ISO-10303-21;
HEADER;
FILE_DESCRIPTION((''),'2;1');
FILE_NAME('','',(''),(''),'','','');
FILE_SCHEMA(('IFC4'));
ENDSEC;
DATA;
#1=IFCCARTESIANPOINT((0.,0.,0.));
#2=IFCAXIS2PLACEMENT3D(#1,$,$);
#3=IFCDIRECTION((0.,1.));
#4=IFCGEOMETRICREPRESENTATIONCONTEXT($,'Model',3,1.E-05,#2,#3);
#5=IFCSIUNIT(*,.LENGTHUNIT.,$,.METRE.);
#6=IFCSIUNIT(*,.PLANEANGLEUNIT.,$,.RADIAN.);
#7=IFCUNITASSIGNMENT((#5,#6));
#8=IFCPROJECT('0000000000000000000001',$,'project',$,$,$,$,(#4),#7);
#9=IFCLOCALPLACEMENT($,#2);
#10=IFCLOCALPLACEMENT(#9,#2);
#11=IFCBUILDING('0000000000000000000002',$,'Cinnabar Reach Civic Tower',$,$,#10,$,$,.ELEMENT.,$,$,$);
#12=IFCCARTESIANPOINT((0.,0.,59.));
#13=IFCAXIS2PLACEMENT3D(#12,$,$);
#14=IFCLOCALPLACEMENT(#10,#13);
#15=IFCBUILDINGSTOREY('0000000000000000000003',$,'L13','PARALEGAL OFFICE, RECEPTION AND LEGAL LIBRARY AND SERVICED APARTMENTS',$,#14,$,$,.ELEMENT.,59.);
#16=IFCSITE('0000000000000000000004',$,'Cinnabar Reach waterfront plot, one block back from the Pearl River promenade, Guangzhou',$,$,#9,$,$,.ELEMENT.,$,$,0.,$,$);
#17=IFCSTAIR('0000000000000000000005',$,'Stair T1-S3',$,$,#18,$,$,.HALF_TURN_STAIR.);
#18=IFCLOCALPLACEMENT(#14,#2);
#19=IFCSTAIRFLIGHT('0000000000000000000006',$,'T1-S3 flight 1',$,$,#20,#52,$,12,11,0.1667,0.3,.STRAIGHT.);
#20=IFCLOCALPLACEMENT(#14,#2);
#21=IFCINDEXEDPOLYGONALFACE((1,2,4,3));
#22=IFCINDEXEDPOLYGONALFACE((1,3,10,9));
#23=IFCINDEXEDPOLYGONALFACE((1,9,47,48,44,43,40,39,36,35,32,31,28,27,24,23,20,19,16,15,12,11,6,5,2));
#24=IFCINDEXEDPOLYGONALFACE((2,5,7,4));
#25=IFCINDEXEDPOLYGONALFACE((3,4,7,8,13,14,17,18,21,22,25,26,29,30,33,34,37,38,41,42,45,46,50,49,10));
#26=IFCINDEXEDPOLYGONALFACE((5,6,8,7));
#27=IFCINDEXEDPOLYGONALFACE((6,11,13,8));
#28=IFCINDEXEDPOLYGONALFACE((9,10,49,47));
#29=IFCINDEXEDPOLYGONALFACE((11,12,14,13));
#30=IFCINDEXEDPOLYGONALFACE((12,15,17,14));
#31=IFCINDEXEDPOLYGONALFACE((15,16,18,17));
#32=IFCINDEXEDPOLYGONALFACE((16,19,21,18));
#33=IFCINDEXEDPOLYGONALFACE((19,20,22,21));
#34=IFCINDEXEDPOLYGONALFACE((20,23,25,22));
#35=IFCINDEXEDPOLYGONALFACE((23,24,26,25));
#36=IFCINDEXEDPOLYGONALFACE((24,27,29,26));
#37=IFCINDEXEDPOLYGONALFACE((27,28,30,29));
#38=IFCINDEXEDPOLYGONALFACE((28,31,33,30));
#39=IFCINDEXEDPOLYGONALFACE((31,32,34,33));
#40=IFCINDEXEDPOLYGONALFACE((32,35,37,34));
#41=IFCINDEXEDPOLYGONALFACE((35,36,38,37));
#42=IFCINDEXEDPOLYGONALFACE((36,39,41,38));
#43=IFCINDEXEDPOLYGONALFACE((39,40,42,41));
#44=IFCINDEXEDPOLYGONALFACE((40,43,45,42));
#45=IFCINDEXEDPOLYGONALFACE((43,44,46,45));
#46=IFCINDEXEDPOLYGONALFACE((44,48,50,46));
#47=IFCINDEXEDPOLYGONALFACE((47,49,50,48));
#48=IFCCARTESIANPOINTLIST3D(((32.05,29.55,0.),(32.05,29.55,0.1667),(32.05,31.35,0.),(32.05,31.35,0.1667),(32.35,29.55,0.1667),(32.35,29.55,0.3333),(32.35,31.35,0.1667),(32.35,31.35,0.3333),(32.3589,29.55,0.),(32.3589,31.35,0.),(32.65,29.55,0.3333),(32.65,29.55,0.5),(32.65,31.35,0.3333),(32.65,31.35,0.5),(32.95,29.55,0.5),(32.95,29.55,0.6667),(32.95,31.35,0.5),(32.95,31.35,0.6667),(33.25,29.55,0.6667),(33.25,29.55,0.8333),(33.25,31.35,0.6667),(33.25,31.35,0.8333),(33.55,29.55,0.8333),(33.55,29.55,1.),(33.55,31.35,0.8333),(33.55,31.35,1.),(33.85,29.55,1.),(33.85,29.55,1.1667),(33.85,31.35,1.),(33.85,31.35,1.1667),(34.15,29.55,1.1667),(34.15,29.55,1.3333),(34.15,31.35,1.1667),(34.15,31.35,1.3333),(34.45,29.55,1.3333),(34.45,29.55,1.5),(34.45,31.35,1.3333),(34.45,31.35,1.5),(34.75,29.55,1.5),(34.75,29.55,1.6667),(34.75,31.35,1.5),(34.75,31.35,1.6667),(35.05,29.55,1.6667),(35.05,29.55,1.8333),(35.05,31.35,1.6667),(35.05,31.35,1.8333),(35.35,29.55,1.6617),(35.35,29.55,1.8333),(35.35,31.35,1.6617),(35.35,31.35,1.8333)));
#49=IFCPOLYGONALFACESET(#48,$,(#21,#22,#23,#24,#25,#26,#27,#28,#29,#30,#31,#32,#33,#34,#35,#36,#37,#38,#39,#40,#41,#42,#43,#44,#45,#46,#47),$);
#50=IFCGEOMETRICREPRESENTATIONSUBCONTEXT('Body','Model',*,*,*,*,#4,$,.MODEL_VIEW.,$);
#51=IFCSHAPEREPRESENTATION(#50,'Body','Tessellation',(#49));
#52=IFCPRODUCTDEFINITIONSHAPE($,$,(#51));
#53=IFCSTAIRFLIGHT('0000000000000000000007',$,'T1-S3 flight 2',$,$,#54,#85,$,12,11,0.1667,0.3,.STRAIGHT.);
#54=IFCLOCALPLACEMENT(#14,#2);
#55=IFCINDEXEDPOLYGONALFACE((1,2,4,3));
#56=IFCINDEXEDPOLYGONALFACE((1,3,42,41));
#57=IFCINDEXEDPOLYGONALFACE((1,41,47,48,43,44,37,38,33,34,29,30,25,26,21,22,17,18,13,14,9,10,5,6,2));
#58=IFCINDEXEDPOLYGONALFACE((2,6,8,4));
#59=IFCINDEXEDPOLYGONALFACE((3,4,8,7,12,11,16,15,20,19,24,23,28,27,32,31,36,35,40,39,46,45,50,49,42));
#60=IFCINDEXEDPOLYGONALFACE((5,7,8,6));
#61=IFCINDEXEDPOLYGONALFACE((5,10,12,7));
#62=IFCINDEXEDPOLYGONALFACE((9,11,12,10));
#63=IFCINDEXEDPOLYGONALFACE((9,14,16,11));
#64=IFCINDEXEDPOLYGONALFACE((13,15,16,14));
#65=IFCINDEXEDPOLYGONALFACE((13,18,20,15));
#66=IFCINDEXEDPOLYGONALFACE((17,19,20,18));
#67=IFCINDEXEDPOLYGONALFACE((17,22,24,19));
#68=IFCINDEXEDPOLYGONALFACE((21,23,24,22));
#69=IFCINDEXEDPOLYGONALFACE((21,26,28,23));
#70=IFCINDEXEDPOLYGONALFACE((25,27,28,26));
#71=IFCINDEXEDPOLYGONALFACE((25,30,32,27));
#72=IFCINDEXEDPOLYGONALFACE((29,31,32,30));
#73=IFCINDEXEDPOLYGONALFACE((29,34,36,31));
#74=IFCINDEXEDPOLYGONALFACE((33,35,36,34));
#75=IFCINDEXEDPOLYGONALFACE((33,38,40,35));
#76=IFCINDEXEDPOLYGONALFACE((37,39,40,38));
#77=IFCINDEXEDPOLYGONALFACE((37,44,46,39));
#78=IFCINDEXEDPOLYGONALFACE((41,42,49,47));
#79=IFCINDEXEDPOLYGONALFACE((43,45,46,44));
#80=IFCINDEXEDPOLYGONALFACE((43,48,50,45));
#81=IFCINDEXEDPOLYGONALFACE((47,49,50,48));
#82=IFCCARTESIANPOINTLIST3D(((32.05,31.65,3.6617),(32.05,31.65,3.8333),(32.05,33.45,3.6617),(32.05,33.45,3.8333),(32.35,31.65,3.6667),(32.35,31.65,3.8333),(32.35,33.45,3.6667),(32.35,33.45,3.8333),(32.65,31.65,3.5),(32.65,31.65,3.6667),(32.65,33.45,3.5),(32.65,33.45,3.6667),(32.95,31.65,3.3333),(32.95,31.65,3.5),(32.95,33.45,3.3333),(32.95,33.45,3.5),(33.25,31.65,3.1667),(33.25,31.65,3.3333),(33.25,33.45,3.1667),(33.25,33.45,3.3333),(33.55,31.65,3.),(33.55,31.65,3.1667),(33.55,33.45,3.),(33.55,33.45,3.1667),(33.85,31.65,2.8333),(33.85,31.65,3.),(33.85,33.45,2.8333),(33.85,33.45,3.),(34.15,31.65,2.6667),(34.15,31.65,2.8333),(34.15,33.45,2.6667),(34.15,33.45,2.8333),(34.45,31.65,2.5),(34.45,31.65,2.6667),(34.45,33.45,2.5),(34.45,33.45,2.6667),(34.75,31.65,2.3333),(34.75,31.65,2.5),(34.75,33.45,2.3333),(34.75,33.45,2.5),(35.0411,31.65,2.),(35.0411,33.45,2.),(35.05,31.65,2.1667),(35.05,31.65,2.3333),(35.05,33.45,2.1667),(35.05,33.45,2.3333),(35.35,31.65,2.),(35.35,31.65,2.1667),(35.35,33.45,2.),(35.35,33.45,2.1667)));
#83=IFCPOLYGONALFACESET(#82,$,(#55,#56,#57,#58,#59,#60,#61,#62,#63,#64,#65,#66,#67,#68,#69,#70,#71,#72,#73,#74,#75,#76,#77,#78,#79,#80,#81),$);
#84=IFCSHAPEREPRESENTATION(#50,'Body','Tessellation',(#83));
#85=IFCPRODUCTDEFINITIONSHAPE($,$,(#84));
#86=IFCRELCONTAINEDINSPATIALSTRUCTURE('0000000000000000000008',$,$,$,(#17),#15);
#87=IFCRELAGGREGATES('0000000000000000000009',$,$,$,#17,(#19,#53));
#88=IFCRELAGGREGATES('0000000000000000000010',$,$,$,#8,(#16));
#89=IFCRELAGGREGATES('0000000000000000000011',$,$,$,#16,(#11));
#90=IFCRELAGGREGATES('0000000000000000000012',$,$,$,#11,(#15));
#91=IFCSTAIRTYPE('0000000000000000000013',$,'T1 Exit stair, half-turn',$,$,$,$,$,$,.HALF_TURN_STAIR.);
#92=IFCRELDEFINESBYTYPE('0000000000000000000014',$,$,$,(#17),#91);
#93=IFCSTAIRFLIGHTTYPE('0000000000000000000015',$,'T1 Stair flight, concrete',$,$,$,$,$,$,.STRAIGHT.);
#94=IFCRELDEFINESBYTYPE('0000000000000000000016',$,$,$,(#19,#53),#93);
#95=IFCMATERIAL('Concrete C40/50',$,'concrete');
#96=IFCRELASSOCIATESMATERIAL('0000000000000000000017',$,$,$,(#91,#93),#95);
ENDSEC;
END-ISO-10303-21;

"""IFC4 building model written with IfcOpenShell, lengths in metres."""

from ifc_helpers import new_model, si_unit, direction, frame, origin, place, context, subcontext, project, spatial, polyline, outline, extrude, material, type_object, element, aggregate, save


model = new_model("IFC4")

# Units and contexts
model_context = context("Model", 3, precision=1e-05, world=origin(), true_north=direction((0.0, 1.0)))
body_context = subcontext(model_context, "Body", "Model", "MODEL_VIEW")
ifc_project = project(units=[si_unit("LENGTHUNIT", "METRE"), si_unit("PLANEANGLEUNIT", "RADIAN")], contexts=[model_context])

# Site, building, storey
site_placement = place(None, origin())
site = spatial("IfcSite", under=ifc_project, at=site_placement, Name="Cinnabar Reach waterfront plot, one block back from the Pearl River promenade, Guangzhou", CompositionType="ELEMENT", RefElevation=0.0)
building_placement = place(site_placement, origin())
building = spatial("IfcBuilding", under=site, at=building_placement, Name="Cinnabar Reach Civic Tower", CompositionType="ELEMENT")
storey_placement = place(building_placement, frame((0.0, 0.0, 59.0)))
storey = spatial("IfcBuildingStorey", under=building, at=storey_placement, Name="L13", Description="PARALEGAL OFFICE, RECEPTION AND LEGAL LIBRARY AND SERVICED APARTMENTS", CompositionType="ELEMENT", Elevation=59.0)

# Stair, stair flights
ifc_material_1 = material(Name="Concrete C40/50", Category="concrete")
stair_type = type_object("IfcStairType", Name="T1 Exit stair, half-turn", PredefinedType="HALF_TURN_STAIR", material=ifc_material_1)
stair_placement = place(storey_placement, origin())
stair = element("IfcStair", 1, at=stair_placement, inside=storey, type_object=stair_type, Name="Stair T1-S3", PredefinedType="HALF_TURN_STAIR")
stair_flight_type = type_object("IfcStairFlightType", Name="T1 Stair flight, concrete", PredefinedType="STRAIGHT", material=ifc_material_1)
stair_flight_1_placement = place(storey_placement, frame((32.05, 30.45, 0.0), z_axis=(0.0, 0.0, 1.0), x_axis=(1.0, 0.0, 0.0)))
stair_flight_1 = element("IfcStairFlight", 2, at=stair_flight_1_placement, type_object=stair_flight_type, Name="T1-S3 flight 1", NumberOfRisers=12, NumberOfTreads=11, PredefinedType="STRAIGHT", RiserHeight=0.1667, TreadLength=0.3, context=body_context, shape_type="SweptSolid", body=[
    extrude(outline(polyline([(0.0, 0.0), (0.0, 0.1667), (0.3, 0.1667), (0.3, 0.3333), (0.6, 0.3333), (0.6, 0.5), (0.9, 0.5), (0.9, 0.6667), (1.2, 0.6667), (1.2, 0.8333), (1.5, 0.8333), (1.5, 1.0), (1.8, 1.0), (1.8, 1.1667), (2.1, 1.1667), (2.1, 1.3333), (2.4, 1.3333), (2.4, 1.5), (2.7, 1.5), (2.7, 1.6667), (3.0, 1.6667), (3.0, 1.8333), (3.3, 1.8333), (3.3, 2.0), (3.3, 1.6617), (0.3089, 0.0), (0.0, 0.0)])), frame((0.0, 0.9, 0.0), z_axis=(0.0, -1.0, 0.0), x_axis=(1.0, 0.0, 0.0)), (0.0, 0.0, 1.0), 1.8),
])
stair_flight_2_placement = place(storey_placement, frame((35.35, 32.55, 2.0), z_axis=(0.0, 0.0, 1.0), x_axis=(-1.0, 0.0, 0.0)))
stair_flight_2 = element("IfcStairFlight", 3, at=stair_flight_2_placement, type_object=stair_flight_type, Name="T1-S3 flight 2", NumberOfRisers=12, NumberOfTreads=11, PredefinedType="STRAIGHT", RiserHeight=0.1667, TreadLength=0.3, context=body_context, shape_type="SweptSolid", body=[
    extrude(outline(polyline([(0.0, 0.0), (0.0, 0.1667), (0.3, 0.1667), (0.3, 0.3333), (0.6, 0.3333), (0.6, 0.5), (0.9, 0.5), (0.9, 0.6667), (1.2, 0.6667), (1.2, 0.8333), (1.5, 0.8333), (1.5, 1.0), (1.8, 1.0), (1.8, 1.1667), (2.1, 1.1667), (2.1, 1.3333), (2.4, 1.3333), (2.4, 1.5), (2.7, 1.5), (2.7, 1.6667), (3.0, 1.6667), (3.0, 1.8333), (3.3, 1.8333), (3.3, 2.0), (3.3, 1.6617), (0.3089, 0.0), (0.0, 0.0)])), frame((0.0, 0.9, 0.0), z_axis=(0.0, -1.0, 0.0), x_axis=(1.0, 0.0, 0.0)), (0.0, 0.0, 1.0), 1.8),
])
aggregate(stair, [stair_flight_1, stair_flight_2])

save(model, "model.ifc")
